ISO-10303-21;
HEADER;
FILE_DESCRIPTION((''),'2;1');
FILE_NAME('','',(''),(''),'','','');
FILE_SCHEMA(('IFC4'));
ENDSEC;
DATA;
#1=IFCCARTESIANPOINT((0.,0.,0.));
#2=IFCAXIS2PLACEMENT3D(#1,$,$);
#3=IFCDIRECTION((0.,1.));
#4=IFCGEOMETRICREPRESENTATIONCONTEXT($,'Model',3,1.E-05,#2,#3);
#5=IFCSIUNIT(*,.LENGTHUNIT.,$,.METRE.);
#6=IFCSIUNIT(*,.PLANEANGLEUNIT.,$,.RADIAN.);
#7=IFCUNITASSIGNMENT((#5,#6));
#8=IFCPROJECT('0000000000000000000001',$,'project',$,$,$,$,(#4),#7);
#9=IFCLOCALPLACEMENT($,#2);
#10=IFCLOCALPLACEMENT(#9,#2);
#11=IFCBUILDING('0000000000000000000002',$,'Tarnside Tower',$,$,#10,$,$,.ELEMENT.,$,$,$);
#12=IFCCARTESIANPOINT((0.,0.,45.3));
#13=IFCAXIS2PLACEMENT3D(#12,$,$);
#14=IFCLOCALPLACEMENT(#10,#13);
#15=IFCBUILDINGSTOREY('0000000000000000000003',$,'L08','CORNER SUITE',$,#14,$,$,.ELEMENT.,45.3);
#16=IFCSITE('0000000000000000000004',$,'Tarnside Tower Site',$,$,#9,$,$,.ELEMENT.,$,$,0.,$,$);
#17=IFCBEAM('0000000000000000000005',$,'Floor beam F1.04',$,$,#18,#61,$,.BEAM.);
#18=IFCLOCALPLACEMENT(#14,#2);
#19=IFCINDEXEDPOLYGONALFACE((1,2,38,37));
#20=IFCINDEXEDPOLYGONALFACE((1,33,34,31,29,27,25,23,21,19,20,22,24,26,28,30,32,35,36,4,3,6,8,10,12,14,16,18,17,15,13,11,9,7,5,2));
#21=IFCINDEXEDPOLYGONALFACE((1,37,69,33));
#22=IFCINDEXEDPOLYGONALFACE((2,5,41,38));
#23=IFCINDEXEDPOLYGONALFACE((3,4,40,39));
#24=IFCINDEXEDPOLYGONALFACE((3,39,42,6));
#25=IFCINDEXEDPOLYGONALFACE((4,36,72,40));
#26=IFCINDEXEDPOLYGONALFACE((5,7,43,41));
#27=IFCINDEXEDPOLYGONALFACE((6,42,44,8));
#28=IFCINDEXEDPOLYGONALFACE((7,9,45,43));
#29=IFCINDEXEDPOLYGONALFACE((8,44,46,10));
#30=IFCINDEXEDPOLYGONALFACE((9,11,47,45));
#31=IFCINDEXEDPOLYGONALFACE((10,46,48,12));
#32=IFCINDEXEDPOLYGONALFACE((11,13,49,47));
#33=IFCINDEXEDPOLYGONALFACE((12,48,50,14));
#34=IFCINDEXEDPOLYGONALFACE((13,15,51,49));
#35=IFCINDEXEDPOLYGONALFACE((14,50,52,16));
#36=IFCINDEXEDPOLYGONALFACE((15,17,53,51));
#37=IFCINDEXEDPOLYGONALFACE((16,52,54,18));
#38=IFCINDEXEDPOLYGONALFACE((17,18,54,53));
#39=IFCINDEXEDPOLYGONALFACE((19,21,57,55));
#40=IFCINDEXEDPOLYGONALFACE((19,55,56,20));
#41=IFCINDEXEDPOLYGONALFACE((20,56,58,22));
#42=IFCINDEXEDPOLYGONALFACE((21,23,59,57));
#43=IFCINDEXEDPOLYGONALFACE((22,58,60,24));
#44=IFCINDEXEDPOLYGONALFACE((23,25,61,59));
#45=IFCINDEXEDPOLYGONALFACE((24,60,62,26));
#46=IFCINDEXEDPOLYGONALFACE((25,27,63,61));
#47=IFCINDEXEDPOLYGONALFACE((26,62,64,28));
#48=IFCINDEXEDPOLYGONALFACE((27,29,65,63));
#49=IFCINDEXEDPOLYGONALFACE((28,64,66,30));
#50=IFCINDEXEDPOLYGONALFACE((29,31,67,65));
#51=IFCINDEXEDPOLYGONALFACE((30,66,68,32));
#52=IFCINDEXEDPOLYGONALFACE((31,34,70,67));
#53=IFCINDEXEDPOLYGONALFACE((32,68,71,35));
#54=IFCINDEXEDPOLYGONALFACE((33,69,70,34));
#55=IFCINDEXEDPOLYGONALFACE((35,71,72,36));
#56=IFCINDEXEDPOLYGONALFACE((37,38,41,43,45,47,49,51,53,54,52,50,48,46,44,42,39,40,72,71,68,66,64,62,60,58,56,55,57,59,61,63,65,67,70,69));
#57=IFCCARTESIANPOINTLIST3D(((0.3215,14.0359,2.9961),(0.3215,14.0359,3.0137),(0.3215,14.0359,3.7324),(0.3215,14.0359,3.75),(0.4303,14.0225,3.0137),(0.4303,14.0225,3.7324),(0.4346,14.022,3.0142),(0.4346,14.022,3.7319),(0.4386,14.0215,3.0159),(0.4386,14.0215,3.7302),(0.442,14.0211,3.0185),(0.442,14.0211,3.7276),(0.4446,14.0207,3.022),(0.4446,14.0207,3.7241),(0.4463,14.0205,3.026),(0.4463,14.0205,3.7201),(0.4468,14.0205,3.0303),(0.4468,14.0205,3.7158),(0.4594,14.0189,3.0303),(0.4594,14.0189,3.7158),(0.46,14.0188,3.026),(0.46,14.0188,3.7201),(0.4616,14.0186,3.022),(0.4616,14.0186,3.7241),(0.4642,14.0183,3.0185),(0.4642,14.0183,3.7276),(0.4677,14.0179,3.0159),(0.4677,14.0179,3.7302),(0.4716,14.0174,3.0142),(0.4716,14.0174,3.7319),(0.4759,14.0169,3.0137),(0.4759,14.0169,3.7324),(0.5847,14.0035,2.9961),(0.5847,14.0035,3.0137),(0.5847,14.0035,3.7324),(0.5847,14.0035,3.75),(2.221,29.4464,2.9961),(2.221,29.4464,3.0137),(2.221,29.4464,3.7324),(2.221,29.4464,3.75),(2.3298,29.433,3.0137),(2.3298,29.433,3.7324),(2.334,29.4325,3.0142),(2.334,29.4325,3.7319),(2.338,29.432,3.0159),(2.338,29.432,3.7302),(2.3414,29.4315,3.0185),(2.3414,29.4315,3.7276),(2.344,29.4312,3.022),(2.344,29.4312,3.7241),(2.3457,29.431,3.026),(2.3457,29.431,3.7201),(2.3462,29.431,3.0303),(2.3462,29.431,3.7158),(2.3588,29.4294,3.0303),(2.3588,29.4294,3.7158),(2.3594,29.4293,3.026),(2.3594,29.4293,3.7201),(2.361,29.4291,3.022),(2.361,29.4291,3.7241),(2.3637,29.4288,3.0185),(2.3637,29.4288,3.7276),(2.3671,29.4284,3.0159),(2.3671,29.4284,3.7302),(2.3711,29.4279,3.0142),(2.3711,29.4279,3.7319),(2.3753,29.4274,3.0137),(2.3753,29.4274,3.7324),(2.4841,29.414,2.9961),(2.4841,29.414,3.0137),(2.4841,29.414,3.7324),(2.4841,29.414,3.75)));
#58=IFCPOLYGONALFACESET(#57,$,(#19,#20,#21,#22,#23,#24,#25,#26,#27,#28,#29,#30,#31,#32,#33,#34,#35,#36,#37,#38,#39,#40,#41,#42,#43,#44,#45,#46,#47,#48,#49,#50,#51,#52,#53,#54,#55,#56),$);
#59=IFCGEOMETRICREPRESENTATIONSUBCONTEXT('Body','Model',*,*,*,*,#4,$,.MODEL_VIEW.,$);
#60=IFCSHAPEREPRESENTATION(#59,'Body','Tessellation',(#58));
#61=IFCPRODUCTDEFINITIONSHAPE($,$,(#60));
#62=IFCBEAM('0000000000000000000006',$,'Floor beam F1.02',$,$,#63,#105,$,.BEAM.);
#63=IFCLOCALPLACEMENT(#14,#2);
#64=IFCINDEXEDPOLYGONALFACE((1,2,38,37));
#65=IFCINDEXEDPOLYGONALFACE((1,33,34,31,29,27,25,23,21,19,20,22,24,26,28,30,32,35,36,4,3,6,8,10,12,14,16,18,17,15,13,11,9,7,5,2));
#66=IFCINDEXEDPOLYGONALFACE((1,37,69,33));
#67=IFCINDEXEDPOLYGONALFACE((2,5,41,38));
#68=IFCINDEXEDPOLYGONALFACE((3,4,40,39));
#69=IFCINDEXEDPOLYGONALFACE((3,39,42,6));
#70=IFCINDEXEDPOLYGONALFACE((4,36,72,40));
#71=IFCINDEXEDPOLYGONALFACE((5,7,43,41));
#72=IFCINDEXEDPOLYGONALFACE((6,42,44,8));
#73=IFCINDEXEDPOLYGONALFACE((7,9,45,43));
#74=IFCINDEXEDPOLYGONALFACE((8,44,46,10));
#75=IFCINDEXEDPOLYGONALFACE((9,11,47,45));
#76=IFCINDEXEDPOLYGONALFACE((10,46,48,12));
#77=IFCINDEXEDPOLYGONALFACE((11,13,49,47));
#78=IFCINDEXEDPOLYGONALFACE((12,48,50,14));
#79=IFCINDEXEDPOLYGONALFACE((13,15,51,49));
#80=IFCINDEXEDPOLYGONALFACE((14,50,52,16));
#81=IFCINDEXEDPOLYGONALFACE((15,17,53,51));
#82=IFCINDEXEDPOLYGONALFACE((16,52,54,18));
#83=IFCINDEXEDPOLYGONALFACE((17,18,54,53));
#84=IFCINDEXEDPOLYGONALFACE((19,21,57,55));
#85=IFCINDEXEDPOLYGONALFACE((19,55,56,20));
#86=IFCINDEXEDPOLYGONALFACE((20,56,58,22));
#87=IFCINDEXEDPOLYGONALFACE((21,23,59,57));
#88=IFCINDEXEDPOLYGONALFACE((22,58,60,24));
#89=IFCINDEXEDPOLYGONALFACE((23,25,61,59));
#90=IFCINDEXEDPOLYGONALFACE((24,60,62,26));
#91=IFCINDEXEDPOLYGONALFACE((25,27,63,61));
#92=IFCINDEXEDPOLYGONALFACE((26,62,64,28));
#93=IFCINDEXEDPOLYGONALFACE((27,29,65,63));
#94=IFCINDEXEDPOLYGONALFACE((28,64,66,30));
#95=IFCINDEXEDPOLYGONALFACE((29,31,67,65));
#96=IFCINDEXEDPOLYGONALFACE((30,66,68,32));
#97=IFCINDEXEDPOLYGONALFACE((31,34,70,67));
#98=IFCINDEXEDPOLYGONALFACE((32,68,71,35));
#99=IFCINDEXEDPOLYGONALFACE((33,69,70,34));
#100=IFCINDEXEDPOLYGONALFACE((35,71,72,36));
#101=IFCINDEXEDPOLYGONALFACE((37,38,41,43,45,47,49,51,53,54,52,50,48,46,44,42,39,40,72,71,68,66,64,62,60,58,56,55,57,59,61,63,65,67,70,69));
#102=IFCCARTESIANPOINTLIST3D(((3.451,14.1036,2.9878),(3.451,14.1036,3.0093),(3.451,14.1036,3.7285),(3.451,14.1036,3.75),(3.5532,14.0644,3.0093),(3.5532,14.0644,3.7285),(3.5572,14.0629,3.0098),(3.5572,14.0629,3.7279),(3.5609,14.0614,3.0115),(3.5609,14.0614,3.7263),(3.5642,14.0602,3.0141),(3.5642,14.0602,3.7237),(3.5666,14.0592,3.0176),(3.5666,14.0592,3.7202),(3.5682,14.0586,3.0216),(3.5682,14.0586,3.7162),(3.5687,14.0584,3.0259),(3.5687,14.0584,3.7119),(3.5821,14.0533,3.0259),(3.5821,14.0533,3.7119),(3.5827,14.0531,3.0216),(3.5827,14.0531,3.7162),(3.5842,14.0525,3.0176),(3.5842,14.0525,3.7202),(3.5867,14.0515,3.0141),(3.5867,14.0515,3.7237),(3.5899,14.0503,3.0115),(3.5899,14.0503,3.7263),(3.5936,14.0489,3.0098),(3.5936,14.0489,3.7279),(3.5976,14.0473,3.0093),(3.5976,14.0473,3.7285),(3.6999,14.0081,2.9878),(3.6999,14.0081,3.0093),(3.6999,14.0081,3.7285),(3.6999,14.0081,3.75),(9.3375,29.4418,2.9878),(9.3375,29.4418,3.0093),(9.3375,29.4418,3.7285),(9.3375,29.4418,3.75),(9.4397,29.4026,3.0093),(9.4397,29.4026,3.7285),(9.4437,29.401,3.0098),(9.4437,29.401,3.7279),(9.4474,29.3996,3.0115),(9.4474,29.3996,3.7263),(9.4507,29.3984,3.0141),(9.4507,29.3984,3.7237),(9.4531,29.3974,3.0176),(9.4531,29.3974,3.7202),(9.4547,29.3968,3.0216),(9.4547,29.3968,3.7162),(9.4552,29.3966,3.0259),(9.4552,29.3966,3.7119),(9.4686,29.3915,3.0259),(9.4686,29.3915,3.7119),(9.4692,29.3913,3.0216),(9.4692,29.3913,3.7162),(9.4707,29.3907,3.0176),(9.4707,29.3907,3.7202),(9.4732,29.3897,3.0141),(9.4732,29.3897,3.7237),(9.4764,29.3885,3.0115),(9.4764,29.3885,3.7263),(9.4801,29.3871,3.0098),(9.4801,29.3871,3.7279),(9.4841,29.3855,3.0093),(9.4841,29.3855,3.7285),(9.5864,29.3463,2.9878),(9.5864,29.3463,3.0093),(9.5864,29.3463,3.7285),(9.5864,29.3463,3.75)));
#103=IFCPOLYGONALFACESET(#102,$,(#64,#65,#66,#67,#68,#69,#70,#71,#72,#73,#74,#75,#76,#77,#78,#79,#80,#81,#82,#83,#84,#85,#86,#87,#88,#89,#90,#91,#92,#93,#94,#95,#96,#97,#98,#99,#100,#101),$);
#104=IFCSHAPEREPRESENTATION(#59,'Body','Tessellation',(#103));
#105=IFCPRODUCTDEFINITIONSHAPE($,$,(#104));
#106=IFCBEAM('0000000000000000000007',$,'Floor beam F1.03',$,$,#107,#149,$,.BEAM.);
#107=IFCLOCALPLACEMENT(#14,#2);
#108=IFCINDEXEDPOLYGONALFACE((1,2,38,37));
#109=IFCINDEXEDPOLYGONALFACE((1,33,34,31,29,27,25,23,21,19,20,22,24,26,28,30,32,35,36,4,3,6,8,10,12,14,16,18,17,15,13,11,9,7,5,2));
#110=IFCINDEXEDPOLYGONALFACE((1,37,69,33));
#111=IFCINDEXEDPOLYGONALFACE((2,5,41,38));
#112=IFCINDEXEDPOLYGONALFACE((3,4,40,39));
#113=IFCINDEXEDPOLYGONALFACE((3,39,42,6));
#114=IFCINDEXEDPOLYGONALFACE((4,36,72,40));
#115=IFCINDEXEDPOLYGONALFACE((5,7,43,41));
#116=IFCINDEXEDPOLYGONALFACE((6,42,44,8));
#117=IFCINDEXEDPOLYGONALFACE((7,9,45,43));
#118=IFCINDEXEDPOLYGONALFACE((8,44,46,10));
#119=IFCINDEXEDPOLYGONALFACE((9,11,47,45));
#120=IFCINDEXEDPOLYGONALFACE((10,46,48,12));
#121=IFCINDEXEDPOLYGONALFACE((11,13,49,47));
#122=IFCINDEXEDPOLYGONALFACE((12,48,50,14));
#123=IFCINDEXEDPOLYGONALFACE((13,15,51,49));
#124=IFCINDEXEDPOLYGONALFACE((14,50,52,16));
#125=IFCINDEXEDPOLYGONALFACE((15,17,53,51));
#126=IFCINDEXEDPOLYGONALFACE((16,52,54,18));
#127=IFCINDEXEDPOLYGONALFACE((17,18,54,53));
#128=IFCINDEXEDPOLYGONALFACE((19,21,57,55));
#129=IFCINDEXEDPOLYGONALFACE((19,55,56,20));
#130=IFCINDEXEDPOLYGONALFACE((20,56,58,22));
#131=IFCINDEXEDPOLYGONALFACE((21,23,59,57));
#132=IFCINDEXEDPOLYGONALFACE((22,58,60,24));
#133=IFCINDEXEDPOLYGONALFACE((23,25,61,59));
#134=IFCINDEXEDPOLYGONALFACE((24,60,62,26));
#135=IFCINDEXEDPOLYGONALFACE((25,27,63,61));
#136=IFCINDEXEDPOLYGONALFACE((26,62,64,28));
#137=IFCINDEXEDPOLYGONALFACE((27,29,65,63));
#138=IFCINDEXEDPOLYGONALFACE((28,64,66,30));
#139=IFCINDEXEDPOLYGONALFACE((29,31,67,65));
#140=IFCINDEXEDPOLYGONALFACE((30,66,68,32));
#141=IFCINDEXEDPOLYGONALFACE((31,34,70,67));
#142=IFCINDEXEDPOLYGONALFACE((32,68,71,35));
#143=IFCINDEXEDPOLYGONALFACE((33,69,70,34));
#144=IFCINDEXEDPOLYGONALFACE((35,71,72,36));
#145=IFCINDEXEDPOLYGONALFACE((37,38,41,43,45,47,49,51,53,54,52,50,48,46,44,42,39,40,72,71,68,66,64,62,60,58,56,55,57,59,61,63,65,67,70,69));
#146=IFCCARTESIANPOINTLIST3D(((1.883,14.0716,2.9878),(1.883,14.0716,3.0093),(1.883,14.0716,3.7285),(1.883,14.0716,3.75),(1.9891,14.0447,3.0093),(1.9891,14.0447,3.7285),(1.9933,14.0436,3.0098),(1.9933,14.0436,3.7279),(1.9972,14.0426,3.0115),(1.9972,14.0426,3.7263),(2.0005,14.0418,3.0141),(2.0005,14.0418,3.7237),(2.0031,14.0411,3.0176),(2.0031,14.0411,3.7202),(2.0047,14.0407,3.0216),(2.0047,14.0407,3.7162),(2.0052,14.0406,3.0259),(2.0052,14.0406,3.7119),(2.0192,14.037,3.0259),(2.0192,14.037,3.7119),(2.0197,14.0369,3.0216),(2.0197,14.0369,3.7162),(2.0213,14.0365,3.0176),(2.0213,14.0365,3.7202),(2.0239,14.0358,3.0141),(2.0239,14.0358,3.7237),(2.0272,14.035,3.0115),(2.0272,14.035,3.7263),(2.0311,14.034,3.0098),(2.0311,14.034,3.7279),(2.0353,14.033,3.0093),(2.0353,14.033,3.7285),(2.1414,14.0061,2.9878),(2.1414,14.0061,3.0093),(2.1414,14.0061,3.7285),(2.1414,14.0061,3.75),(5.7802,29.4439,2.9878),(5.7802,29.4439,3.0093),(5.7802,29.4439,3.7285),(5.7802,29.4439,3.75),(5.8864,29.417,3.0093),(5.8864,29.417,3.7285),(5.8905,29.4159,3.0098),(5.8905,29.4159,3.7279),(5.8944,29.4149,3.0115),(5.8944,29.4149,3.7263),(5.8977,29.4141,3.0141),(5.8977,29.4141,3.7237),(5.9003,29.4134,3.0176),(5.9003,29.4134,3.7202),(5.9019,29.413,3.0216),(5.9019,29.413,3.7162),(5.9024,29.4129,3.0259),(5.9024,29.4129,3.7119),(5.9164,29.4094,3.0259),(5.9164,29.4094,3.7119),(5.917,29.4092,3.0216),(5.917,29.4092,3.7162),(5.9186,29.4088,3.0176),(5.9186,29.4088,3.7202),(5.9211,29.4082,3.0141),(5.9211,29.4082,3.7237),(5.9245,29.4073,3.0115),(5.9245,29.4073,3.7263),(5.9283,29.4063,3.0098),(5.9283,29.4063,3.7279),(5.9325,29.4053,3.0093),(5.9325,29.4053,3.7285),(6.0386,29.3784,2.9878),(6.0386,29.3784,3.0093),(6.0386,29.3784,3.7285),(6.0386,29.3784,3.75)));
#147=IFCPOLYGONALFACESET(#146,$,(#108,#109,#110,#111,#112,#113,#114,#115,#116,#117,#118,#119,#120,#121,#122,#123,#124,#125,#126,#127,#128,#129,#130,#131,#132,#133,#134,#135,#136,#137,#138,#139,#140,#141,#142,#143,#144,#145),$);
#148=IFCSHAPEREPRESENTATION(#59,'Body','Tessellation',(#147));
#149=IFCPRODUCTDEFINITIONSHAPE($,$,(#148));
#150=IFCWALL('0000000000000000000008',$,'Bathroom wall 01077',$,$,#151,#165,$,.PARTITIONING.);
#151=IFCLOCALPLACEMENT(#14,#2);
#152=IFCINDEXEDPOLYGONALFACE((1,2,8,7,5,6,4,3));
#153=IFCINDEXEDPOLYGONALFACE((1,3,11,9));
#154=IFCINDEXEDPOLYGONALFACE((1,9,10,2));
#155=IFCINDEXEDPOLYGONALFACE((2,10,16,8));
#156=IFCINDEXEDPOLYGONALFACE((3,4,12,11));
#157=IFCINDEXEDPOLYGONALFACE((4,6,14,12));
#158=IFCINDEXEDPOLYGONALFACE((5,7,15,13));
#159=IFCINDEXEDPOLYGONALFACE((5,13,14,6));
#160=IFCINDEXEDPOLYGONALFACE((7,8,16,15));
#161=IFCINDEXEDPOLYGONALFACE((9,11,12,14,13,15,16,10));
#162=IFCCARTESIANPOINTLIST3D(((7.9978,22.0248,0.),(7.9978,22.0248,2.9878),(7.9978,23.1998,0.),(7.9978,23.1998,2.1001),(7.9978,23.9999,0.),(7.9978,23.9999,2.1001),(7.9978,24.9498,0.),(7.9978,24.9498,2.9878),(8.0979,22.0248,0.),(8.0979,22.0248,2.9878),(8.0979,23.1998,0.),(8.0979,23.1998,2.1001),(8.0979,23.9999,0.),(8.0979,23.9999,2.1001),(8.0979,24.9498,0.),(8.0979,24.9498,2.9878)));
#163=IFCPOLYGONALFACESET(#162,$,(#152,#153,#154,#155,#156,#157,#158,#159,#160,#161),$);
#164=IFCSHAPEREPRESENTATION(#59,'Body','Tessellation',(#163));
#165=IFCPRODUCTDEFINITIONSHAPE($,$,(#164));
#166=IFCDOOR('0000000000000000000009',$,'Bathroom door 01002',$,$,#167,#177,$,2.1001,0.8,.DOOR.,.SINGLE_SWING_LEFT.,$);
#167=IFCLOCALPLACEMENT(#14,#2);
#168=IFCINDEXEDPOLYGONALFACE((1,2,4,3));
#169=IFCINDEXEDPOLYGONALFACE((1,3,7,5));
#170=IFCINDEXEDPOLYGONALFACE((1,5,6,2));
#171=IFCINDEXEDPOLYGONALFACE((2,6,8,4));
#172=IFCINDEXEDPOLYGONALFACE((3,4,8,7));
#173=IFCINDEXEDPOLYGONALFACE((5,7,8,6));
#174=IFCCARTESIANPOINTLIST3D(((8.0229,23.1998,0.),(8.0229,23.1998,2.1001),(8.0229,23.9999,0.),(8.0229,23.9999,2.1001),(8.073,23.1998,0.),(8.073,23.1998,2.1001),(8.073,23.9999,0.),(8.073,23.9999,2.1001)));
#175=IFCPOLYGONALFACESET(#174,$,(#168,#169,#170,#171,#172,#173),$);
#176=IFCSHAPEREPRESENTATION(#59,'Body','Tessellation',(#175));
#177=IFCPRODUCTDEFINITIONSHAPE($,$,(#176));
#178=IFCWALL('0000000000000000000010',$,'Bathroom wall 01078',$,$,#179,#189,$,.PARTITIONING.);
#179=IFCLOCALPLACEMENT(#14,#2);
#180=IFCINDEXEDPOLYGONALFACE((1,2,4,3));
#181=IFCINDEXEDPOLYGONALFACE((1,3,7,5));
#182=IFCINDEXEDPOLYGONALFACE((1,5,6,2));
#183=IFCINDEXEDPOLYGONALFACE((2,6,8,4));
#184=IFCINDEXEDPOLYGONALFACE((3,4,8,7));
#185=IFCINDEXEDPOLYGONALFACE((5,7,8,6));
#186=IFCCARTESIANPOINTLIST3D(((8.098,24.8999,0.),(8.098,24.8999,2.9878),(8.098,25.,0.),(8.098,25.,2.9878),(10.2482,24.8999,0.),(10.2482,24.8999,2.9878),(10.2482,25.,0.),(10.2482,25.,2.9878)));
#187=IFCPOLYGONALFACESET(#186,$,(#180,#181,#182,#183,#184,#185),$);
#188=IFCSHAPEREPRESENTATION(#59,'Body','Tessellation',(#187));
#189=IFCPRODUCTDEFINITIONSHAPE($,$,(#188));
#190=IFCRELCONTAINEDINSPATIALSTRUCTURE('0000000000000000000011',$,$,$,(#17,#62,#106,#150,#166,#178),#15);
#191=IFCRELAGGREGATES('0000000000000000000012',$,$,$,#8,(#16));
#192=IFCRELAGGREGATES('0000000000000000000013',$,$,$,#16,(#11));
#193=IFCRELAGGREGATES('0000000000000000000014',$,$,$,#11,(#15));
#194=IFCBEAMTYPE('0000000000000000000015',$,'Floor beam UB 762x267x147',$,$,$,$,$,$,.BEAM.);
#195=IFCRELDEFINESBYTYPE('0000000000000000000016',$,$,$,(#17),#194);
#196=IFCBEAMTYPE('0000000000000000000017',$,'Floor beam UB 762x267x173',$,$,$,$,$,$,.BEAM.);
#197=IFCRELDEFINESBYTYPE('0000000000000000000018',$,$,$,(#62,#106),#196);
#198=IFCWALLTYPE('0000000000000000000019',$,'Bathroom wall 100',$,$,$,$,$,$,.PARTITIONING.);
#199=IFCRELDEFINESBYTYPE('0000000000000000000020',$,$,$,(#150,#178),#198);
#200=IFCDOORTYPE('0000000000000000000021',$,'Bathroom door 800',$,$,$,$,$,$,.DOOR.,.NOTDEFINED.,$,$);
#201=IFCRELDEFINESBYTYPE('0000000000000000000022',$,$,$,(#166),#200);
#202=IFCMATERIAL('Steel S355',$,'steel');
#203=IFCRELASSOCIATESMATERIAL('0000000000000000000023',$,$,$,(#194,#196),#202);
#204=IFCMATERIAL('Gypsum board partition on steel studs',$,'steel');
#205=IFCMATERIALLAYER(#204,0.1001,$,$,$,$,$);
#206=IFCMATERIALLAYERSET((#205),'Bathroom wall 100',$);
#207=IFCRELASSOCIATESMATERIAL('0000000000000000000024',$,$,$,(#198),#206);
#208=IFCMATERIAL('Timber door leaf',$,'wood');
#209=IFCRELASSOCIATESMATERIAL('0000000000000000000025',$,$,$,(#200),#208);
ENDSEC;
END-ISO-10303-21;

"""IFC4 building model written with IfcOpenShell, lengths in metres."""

from ifc_helpers import new_model, si_unit, direction, frame, frame_2d, origin, origin_2d, place, context, subcontext, project, spatial, rectangle, i_section, extrude, material, layer, layer_set, material_profile, profile_set, type_object, element, fill, save


model = new_model("IFC4")

# Units and contexts
model_context = context("Model", 3, precision=1e-05, world=origin(), true_north=direction((0.0, 1.0)))
body_context = subcontext(model_context, "Body", "Model", "MODEL_VIEW")
ifc_project = project(units=[si_unit("LENGTHUNIT", "METRE"), si_unit("PLANEANGLEUNIT", "RADIAN")], contexts=[model_context])

# Site, building, storey
site_placement = place(None, origin())
site = spatial("IfcSite", under=ifc_project, at=site_placement, Name="Tarnside Tower Site", CompositionType="ELEMENT", RefElevation=0.0)
building_placement = place(site_placement, origin())
building = spatial("IfcBuilding", under=site, at=building_placement, Name="Tarnside Tower", CompositionType="ELEMENT")
storey_placement = place(building_placement, frame((0.0, 0.0, 45.3)))
storey = spatial("IfcBuildingStorey", under=building, at=storey_placement, Name="L08", Description="CORNER SUITE", CompositionType="ELEMENT", Elevation=45.3)

# Beams
ifc_material_1 = material(Name="Steel S355", Category="steel")
ifc_material_profile_1 = material_profile(ifc_material_1, i_section(OverallWidth=0.2651, OverallDepth=0.7539, WebThickness=0.0127, FlangeThickness=0.0176, FilletRadius=0.0166, at=origin_2d()), Name="UB 762x267x147")
ifc_profile_set_1 = profile_set([ifc_material_profile_1], Name="Steel S355")
beam_type_1 = type_object("IfcBeamType", Name="Floor beam UB 762x267x147", PredefinedType="BEAM", material=ifc_profile_set_1)
beam_1_placement = place(storey_placement, frame((2.3525, 29.4302, 3.373), z_axis=(-0.12233, -0.99249, 0.0), x_axis=(0.99249, -0.12233, 0.0)))
element("IfcBeam", 1, at=beam_1_placement, inside=storey, type_object=beam_type_1, Name="Floor beam F1.04", PredefinedType="BEAM", context=body_context, shape_type="SweptSolid", body=[
    extrude(i_section(OverallWidth=0.2651, OverallDepth=0.7539, WebThickness=0.0127, FlangeThickness=0.0176, FilletRadius=0.0166, at=origin_2d()), origin(), (0.0, 0.0, 1.0), 15.5271),
])
ifc_material_profile_2 = material_profile(ifc_material_1, i_section(OverallWidth=0.2666, OverallDepth=0.7622, WebThickness=0.0144, FlangeThickness=0.0215, FilletRadius=0.0166, at=origin_2d()), Name="UB 762x267x173")
ifc_profile_set_2 = profile_set([ifc_material_profile_2], Name="Steel S355")
beam_type_2 = type_object("IfcBeamType", Name="Floor beam UB 762x267x173", PredefinedType="BEAM", material=ifc_profile_set_2)
beam_2_placement = place(storey_placement, frame((9.4619, 29.394, 3.3689), z_axis=(-0.3583, -0.933607, 0.0), x_axis=(0.933607, -0.3583, 0.0)))
element("IfcBeam", 2, at=beam_2_placement, inside=storey, type_object=beam_type_2, Name="Floor beam F1.02", PredefinedType="BEAM", context=body_context, shape_type="SweptSolid", body=[
    extrude(i_section(OverallWidth=0.2666, OverallDepth=0.7622, WebThickness=0.0144, FlangeThickness=0.0215, FilletRadius=0.0166, at=origin_2d()), origin(), (0.0, 0.0, 1.0), 16.429),
])
beam_3_placement = place(storey_placement, frame((5.9094, 29.4111, 3.3689), z_axis=(-0.245747, -0.969334, 0.0), x_axis=(0.969334, -0.245747, 0.0)))
element("IfcBeam", 3, at=beam_3_placement, inside=storey, type_object=beam_type_2, Name="Floor beam F1.03", PredefinedType="BEAM", context=body_context, shape_type="SweptSolid", body=[
    extrude(i_section(OverallWidth=0.2666, OverallDepth=0.7622, WebThickness=0.0144, FlangeThickness=0.0215, FilletRadius=0.0166, at=origin_2d()), origin(), (0.0, 0.0, 1.0), 15.8586),
])

# Wall, opening, door
ifc_material_2 = material(Name="Gypsum board partition on steel studs", Category="steel")
ifc_layer_1 = layer(ifc_material_2, 0.1001)
ifc_layer_set_1 = layer_set([ifc_layer_1], Name="Bathroom wall 100")
wall_type_1 = type_object("IfcWallType", Name="Bathroom wall 100", PredefinedType="PARTITIONING", material=ifc_layer_set_1)
wall_1_placement = place(storey_placement, frame((8.0479, 22.0249, 0.0), z_axis=(0.0, 0.0, 1.0), x_axis=(0.0, 1.0, 0.0)))
wall_1 = element("IfcWall", 4, at=wall_1_placement, inside=storey, type_object=wall_type_1, Name="Bathroom wall 01077", PredefinedType="PARTITIONING", context=body_context, shape_type="SweptSolid", body=[
    extrude(rectangle(XDim=2.925, YDim=0.1001, at=frame_2d((1.4624, 0.0))), origin(), (0.0, 0.0, 1.0), 2.9878),
])
opening_1_placement = place(wall_1_placement, frame((1.175, 0.0, 0.0)))
opening_1 = element("IfcOpeningElement", 5, at=opening_1_placement, cuts=wall_1, PredefinedType="OPENING", context=body_context, shape_type="SweptSolid", body=[
    extrude(rectangle(XDim=0.8, YDim=2.1001, at=frame_2d((0.3999, 1.05))), frame((0.0, 0.0601, 0.0), z_axis=(0.0, -1.0, 0.0), x_axis=(1.0, 0.0, 0.0)), (0.0, 0.0, 1.0), 0.1201),
])
ifc_material_3 = material(Name="Timber door leaf", Category="wood")
door_type_1 = type_object("IfcDoorType", Name="Bathroom door 800", OperationType="NOTDEFINED", PredefinedType="DOOR", material=ifc_material_3)
door_1_placement = place(opening_1_placement, origin())
door_1 = element("IfcDoor", 6, at=door_1_placement, inside=storey, type_object=door_type_1, Name="Bathroom door 01002", OperationType="SINGLE_SWING_LEFT", OverallHeight=2.1001, OverallWidth=0.8, PredefinedType="DOOR", context=body_context, shape_type="SweptSolid", body=[
    extrude(rectangle(XDim=0.8, YDim=2.1001, at=frame_2d((0.3999, 1.05))), frame((0.0, 0.0249, 0.0), z_axis=(0.0, -1.0, 0.0), x_axis=(1.0, 0.0, 0.0)), (0.0, 0.0, 1.0), 0.05),
])
fill(opening_1, door_1)

# Wall
wall_2_placement = place(storey_placement, frame((8.0979, 24.95, 0.0), z_axis=(0.0, 0.0, 1.0), x_axis=(1.0, 0.0, 0.0)))
element("IfcWall", 7, at=wall_2_placement, inside=storey, type_object=wall_type_1, Name="Bathroom wall 01078", PredefinedType="PARTITIONING", context=body_context, shape_type="SweptSolid", body=[
    extrude(rectangle(XDim=2.1501, YDim=0.1001, at=frame_2d((1.0752, 0.0))), origin(), (0.0, 0.0, 1.0), 2.9878),
])

save(model, "model.ifc")
